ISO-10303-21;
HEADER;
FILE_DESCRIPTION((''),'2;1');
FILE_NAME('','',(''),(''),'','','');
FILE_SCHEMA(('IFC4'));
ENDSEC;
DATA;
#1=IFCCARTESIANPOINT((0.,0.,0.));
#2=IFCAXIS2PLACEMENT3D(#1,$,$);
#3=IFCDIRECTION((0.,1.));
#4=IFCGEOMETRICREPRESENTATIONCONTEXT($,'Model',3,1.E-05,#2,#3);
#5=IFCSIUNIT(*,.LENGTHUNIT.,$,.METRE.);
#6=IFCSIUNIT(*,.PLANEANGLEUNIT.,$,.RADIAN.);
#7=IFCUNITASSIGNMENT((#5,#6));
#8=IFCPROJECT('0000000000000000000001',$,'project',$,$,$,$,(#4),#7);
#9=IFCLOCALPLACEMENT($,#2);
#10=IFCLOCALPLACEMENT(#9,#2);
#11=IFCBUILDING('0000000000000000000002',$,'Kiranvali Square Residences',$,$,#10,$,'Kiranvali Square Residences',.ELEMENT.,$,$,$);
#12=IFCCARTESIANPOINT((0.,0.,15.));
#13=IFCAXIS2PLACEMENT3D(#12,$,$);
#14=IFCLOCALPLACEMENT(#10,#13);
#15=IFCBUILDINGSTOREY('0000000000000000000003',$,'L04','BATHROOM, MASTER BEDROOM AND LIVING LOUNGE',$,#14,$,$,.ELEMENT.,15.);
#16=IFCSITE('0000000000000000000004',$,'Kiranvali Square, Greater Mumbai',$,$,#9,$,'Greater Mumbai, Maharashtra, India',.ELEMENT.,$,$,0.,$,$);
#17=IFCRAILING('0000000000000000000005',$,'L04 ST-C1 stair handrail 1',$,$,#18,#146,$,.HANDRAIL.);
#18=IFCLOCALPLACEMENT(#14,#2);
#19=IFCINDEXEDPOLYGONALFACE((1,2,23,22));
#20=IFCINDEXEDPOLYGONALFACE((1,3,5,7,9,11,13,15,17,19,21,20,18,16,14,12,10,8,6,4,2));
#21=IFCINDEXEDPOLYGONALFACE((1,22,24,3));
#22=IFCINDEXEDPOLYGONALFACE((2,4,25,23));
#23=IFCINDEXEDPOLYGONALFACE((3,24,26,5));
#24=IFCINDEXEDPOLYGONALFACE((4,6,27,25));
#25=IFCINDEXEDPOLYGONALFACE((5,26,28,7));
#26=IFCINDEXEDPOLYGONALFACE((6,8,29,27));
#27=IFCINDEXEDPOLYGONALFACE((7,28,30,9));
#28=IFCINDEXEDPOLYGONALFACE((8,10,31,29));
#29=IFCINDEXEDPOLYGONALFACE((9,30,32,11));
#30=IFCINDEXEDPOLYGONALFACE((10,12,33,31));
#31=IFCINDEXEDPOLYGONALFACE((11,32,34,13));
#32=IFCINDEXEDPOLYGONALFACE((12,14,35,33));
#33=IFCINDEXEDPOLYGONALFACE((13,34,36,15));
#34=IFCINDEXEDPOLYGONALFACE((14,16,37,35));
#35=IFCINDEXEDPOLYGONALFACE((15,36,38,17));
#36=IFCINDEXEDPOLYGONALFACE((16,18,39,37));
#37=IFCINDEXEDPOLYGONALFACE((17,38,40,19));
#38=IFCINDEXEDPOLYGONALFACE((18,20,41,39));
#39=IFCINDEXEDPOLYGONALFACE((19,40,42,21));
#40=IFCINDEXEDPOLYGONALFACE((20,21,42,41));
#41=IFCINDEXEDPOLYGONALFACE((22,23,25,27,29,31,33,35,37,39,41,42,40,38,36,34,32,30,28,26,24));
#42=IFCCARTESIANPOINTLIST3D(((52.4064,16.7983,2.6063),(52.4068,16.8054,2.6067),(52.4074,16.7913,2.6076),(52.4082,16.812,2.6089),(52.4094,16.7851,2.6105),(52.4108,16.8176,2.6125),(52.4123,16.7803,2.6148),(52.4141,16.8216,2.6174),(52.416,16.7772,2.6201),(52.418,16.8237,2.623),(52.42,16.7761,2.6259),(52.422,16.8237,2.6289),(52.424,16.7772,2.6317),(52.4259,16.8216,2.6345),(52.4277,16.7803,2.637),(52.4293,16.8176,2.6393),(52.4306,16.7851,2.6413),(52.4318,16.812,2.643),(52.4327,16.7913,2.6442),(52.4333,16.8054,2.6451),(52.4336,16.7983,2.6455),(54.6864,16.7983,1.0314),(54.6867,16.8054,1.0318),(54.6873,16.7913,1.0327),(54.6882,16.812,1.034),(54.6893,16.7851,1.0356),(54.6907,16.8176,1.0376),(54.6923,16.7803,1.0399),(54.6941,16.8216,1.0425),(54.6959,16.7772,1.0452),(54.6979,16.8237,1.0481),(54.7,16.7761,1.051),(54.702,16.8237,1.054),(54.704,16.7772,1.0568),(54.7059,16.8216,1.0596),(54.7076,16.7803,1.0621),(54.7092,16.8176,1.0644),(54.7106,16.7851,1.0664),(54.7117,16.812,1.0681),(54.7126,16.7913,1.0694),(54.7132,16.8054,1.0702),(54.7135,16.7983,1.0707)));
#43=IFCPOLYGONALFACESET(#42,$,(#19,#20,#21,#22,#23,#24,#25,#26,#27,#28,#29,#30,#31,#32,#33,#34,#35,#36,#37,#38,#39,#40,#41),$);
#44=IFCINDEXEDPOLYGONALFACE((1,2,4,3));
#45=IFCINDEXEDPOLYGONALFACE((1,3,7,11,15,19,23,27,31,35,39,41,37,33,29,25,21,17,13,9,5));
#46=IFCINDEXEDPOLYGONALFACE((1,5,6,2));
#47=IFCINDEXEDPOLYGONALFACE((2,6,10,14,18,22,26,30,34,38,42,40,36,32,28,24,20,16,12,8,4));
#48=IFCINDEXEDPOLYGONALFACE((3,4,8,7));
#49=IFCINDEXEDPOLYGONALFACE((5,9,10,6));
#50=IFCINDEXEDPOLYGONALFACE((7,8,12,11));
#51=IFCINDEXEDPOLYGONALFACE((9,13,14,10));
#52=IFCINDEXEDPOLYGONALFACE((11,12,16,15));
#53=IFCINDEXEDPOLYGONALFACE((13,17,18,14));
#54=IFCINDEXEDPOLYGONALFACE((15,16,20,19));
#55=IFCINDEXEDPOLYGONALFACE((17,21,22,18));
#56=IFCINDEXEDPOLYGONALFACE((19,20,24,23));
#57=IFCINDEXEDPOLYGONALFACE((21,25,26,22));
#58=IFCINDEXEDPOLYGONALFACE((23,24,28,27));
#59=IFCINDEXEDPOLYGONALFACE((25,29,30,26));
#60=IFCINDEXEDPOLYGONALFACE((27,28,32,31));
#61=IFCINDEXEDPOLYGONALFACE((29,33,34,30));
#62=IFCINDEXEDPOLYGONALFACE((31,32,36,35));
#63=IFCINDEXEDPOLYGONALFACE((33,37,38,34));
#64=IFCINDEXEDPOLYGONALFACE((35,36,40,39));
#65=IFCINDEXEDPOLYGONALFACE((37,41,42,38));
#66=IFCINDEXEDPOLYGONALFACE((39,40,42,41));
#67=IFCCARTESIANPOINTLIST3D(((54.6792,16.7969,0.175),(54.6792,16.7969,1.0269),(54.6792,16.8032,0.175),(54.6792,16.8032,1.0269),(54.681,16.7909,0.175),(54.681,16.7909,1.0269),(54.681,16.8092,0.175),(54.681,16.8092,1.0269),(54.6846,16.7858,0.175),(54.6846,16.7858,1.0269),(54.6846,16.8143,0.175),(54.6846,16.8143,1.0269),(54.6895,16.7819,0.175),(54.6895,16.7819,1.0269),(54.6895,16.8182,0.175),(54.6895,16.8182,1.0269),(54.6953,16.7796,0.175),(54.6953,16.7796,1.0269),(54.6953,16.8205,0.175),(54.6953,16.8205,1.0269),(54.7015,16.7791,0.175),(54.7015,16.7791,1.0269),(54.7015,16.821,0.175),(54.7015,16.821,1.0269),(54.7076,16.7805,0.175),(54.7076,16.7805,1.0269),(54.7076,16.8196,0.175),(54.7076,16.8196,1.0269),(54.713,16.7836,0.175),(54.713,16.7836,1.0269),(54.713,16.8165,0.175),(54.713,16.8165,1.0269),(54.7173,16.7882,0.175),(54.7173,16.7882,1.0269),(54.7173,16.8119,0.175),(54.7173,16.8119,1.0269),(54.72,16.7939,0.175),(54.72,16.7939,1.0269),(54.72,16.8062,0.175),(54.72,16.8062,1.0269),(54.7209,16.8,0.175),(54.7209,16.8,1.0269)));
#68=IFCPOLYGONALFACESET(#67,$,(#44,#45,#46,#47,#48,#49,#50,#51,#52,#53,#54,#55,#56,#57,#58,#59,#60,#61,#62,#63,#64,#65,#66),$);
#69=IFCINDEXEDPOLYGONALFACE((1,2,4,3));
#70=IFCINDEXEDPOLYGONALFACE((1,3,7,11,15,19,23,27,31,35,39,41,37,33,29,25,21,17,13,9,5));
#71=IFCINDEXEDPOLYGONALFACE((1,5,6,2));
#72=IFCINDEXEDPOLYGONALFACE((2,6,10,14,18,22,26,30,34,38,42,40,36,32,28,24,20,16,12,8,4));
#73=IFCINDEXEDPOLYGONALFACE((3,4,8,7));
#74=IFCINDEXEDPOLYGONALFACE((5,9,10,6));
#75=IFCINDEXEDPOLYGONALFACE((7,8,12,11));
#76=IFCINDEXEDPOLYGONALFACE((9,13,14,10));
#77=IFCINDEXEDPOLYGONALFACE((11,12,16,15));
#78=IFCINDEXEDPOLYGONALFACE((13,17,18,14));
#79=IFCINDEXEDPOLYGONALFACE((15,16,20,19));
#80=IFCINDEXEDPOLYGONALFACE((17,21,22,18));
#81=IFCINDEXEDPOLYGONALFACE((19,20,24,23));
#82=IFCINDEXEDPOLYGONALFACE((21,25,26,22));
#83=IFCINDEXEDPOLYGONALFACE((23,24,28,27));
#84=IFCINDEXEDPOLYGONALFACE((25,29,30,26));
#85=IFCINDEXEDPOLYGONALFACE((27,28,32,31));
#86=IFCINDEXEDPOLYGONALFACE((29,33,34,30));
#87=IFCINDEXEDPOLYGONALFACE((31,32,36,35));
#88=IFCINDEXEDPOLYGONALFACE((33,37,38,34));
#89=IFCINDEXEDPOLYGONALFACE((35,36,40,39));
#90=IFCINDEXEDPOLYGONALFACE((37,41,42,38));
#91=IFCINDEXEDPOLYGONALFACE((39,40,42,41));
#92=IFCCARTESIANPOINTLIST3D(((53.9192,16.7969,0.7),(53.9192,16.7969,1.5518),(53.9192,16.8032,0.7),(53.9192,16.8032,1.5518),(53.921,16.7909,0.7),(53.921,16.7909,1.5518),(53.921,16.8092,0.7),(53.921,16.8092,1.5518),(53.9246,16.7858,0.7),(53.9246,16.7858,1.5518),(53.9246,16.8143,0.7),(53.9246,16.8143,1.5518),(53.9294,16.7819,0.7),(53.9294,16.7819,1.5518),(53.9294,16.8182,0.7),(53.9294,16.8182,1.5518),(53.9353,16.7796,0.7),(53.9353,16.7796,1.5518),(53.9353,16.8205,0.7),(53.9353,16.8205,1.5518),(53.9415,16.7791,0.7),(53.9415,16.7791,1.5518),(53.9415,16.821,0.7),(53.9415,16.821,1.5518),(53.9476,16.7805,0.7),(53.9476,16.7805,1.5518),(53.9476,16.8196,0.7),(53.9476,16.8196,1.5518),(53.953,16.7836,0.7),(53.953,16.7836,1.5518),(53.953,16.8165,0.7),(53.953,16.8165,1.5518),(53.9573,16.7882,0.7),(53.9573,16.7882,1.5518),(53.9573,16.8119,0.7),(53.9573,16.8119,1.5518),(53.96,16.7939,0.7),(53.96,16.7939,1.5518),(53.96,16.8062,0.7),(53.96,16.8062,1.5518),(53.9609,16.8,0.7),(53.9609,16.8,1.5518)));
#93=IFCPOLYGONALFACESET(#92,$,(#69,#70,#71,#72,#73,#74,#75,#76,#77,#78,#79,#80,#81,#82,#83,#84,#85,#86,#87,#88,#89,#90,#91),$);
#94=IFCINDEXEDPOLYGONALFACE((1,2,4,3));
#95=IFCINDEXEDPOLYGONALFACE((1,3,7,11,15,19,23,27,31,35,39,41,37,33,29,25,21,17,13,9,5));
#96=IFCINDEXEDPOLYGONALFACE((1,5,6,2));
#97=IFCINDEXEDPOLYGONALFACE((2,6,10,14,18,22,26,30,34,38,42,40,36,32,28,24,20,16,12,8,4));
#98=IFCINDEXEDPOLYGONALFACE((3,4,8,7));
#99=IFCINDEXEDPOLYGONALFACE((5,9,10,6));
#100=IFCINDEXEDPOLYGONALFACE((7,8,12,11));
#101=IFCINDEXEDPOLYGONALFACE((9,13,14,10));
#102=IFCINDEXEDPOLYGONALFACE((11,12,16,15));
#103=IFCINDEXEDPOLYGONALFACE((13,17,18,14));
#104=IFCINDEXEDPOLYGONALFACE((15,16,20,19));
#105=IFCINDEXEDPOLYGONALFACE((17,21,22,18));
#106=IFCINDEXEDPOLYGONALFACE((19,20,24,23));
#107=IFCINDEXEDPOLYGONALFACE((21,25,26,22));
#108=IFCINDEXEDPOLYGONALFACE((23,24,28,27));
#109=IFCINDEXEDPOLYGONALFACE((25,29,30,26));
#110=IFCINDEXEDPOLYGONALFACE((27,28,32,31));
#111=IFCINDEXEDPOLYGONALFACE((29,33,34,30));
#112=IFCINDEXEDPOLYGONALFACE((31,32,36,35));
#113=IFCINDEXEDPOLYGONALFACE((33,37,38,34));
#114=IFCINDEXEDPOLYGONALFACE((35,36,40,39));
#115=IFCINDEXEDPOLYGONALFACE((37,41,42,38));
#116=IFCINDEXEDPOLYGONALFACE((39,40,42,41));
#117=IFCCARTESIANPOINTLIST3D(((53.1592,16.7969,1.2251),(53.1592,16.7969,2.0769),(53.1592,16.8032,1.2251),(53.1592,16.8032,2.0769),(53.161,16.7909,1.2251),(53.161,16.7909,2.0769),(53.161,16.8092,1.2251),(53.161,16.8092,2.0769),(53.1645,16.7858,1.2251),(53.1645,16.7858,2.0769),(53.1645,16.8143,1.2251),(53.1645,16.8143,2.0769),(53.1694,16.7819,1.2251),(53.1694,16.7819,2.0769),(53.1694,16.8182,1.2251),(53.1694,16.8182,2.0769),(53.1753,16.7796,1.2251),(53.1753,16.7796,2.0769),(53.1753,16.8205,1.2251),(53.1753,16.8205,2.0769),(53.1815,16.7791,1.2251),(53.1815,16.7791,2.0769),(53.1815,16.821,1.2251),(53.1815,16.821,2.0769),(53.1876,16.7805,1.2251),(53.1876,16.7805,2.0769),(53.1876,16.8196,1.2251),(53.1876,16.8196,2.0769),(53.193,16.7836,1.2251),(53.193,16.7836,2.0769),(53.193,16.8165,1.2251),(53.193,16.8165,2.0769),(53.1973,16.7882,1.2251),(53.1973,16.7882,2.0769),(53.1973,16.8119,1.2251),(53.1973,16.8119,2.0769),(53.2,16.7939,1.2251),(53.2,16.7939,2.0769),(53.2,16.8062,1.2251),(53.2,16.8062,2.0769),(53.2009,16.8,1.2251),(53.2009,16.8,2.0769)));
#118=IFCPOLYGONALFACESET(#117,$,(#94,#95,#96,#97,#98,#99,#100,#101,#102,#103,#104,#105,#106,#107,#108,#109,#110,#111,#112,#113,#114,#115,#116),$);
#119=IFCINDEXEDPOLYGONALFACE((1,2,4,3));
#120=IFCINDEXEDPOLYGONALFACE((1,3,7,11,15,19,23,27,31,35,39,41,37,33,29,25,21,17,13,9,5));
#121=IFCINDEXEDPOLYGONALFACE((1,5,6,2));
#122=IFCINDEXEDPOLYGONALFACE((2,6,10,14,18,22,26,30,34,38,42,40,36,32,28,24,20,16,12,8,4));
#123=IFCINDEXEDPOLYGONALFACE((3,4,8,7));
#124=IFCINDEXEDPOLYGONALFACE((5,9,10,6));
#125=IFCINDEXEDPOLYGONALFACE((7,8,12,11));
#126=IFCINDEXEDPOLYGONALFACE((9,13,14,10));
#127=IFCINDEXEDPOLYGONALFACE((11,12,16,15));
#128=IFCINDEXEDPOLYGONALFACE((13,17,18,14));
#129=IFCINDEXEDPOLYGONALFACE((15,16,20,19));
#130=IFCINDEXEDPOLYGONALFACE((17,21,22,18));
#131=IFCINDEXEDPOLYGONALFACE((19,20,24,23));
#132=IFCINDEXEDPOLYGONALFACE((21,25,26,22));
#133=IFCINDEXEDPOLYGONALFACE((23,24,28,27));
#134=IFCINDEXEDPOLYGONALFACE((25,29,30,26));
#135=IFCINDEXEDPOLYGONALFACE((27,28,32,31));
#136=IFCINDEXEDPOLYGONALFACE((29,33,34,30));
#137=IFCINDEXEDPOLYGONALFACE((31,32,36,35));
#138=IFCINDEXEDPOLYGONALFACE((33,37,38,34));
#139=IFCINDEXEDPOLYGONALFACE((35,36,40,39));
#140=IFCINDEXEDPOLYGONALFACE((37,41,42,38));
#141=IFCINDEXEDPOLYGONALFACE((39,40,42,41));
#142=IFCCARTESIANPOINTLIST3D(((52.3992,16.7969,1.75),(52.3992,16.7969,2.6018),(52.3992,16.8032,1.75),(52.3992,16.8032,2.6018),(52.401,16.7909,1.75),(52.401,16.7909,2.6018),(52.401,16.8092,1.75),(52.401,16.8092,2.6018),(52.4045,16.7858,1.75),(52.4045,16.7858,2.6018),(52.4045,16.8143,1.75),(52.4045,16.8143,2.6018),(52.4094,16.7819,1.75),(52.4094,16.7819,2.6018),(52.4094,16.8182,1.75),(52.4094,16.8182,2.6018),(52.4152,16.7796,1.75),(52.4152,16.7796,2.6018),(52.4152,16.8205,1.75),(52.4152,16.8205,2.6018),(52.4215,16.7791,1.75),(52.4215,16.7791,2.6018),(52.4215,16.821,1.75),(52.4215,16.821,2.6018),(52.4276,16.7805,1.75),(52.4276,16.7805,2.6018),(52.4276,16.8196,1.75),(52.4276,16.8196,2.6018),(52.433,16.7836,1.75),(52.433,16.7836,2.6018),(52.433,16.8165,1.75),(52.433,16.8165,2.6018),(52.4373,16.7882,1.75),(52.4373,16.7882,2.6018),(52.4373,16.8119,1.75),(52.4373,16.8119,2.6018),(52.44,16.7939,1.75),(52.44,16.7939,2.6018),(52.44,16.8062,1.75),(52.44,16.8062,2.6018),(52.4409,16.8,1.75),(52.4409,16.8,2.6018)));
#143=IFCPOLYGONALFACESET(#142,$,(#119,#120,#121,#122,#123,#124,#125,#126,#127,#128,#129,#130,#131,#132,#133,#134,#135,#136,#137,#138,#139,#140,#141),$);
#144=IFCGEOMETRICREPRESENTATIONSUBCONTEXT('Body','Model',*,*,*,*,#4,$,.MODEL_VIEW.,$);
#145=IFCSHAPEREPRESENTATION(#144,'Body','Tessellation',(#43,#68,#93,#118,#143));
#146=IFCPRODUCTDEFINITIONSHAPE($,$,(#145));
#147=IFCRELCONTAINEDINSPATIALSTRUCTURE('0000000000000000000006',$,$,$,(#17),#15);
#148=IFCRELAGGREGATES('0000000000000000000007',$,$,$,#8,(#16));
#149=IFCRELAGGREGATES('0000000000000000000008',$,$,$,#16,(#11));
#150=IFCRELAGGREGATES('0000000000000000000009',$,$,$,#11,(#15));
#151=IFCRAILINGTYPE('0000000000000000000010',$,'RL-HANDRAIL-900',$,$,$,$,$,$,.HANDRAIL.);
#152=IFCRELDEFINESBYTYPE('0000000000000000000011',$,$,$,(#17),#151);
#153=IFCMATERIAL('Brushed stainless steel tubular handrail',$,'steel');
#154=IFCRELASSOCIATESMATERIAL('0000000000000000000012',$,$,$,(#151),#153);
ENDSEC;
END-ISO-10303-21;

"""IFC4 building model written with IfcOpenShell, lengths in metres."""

from ifc_helpers import new_model, si_unit, direction, frame, origin, origin_2d, place, context, subcontext, project, spatial, circle, extrude, material, type_object, element, save


model = new_model("IFC4")

# Units and contexts
model_context = context("Model", 3, precision=1e-05, world=origin(), true_north=direction((0.0, 1.0)))
body_context = subcontext(model_context, "Body", "Model", "MODEL_VIEW")
ifc_project = project(units=[si_unit("LENGTHUNIT", "METRE"), si_unit("PLANEANGLEUNIT", "RADIAN")], contexts=[model_context])

# Site, building, storey
site_placement = place(None, origin())
site = spatial("IfcSite", under=ifc_project, at=site_placement, Name="Kiranvali Square, Greater Mumbai", LongName="Greater Mumbai, Maharashtra, India", CompositionType="ELEMENT", RefElevation=0.0)
building_placement = place(site_placement, origin())
building = spatial("IfcBuilding", under=site, at=building_placement, Name="Kiranvali Square Residences", LongName="Kiranvali Square Residences", CompositionType="ELEMENT")
storey_placement = place(building_placement, frame((0.0, 0.0, 15.0)))
storey = spatial("IfcBuildingStorey", under=building, at=storey_placement, Name="L04", Description="BATHROOM, MASTER BEDROOM AND LIVING LOUNGE", CompositionType="ELEMENT", Elevation=15.0)

# Railing
ifc_material_1 = material(Name="Brushed stainless steel tubular handrail", Category="steel")
railing_type_1 = type_object("IfcRailingType", Name="RL-HANDRAIL-900", PredefinedType="HANDRAIL", material=ifc_material_1)
railing_1_placement = place(storey_placement, frame((54.7, 16.8, 0.175)))
element("IfcRailing", 1, at=railing_1_placement, inside=storey, type_object=railing_type_1, Name="L04 ST-C1 stair handrail 1", PredefinedType="HANDRAIL", context=body_context, shape_type="SweptSolid", body=[
    extrude(circle(Radius=0.0239, at=origin_2d()), frame((0.0, 0.0, 0.876), z_axis=(-0.822788, 0.0, 0.568348), x_axis=(0.0, -1.0, 0.0)), (0.0, 0.0, 1.0), 2.771),
    extrude(circle(Radius=0.021, at=origin_2d()), origin(), (0.0, 0.0, 1.0), 0.8518),
    extrude(circle(Radius=0.021, at=origin_2d()), frame((-0.76, 0.0, 0.5249)), (0.0, 0.0, 1.0), 0.8518),
    extrude(circle(Radius=0.021, at=origin_2d()), frame((-1.52, 0.0, 1.05)), (0.0, 0.0, 1.0), 0.8518),
    extrude(circle(Radius=0.021, at=origin_2d()), frame((-2.28, 0.0, 1.575)), (0.0, 0.0, 1.0), 0.8518),
])

save(model, "model.ifc")
